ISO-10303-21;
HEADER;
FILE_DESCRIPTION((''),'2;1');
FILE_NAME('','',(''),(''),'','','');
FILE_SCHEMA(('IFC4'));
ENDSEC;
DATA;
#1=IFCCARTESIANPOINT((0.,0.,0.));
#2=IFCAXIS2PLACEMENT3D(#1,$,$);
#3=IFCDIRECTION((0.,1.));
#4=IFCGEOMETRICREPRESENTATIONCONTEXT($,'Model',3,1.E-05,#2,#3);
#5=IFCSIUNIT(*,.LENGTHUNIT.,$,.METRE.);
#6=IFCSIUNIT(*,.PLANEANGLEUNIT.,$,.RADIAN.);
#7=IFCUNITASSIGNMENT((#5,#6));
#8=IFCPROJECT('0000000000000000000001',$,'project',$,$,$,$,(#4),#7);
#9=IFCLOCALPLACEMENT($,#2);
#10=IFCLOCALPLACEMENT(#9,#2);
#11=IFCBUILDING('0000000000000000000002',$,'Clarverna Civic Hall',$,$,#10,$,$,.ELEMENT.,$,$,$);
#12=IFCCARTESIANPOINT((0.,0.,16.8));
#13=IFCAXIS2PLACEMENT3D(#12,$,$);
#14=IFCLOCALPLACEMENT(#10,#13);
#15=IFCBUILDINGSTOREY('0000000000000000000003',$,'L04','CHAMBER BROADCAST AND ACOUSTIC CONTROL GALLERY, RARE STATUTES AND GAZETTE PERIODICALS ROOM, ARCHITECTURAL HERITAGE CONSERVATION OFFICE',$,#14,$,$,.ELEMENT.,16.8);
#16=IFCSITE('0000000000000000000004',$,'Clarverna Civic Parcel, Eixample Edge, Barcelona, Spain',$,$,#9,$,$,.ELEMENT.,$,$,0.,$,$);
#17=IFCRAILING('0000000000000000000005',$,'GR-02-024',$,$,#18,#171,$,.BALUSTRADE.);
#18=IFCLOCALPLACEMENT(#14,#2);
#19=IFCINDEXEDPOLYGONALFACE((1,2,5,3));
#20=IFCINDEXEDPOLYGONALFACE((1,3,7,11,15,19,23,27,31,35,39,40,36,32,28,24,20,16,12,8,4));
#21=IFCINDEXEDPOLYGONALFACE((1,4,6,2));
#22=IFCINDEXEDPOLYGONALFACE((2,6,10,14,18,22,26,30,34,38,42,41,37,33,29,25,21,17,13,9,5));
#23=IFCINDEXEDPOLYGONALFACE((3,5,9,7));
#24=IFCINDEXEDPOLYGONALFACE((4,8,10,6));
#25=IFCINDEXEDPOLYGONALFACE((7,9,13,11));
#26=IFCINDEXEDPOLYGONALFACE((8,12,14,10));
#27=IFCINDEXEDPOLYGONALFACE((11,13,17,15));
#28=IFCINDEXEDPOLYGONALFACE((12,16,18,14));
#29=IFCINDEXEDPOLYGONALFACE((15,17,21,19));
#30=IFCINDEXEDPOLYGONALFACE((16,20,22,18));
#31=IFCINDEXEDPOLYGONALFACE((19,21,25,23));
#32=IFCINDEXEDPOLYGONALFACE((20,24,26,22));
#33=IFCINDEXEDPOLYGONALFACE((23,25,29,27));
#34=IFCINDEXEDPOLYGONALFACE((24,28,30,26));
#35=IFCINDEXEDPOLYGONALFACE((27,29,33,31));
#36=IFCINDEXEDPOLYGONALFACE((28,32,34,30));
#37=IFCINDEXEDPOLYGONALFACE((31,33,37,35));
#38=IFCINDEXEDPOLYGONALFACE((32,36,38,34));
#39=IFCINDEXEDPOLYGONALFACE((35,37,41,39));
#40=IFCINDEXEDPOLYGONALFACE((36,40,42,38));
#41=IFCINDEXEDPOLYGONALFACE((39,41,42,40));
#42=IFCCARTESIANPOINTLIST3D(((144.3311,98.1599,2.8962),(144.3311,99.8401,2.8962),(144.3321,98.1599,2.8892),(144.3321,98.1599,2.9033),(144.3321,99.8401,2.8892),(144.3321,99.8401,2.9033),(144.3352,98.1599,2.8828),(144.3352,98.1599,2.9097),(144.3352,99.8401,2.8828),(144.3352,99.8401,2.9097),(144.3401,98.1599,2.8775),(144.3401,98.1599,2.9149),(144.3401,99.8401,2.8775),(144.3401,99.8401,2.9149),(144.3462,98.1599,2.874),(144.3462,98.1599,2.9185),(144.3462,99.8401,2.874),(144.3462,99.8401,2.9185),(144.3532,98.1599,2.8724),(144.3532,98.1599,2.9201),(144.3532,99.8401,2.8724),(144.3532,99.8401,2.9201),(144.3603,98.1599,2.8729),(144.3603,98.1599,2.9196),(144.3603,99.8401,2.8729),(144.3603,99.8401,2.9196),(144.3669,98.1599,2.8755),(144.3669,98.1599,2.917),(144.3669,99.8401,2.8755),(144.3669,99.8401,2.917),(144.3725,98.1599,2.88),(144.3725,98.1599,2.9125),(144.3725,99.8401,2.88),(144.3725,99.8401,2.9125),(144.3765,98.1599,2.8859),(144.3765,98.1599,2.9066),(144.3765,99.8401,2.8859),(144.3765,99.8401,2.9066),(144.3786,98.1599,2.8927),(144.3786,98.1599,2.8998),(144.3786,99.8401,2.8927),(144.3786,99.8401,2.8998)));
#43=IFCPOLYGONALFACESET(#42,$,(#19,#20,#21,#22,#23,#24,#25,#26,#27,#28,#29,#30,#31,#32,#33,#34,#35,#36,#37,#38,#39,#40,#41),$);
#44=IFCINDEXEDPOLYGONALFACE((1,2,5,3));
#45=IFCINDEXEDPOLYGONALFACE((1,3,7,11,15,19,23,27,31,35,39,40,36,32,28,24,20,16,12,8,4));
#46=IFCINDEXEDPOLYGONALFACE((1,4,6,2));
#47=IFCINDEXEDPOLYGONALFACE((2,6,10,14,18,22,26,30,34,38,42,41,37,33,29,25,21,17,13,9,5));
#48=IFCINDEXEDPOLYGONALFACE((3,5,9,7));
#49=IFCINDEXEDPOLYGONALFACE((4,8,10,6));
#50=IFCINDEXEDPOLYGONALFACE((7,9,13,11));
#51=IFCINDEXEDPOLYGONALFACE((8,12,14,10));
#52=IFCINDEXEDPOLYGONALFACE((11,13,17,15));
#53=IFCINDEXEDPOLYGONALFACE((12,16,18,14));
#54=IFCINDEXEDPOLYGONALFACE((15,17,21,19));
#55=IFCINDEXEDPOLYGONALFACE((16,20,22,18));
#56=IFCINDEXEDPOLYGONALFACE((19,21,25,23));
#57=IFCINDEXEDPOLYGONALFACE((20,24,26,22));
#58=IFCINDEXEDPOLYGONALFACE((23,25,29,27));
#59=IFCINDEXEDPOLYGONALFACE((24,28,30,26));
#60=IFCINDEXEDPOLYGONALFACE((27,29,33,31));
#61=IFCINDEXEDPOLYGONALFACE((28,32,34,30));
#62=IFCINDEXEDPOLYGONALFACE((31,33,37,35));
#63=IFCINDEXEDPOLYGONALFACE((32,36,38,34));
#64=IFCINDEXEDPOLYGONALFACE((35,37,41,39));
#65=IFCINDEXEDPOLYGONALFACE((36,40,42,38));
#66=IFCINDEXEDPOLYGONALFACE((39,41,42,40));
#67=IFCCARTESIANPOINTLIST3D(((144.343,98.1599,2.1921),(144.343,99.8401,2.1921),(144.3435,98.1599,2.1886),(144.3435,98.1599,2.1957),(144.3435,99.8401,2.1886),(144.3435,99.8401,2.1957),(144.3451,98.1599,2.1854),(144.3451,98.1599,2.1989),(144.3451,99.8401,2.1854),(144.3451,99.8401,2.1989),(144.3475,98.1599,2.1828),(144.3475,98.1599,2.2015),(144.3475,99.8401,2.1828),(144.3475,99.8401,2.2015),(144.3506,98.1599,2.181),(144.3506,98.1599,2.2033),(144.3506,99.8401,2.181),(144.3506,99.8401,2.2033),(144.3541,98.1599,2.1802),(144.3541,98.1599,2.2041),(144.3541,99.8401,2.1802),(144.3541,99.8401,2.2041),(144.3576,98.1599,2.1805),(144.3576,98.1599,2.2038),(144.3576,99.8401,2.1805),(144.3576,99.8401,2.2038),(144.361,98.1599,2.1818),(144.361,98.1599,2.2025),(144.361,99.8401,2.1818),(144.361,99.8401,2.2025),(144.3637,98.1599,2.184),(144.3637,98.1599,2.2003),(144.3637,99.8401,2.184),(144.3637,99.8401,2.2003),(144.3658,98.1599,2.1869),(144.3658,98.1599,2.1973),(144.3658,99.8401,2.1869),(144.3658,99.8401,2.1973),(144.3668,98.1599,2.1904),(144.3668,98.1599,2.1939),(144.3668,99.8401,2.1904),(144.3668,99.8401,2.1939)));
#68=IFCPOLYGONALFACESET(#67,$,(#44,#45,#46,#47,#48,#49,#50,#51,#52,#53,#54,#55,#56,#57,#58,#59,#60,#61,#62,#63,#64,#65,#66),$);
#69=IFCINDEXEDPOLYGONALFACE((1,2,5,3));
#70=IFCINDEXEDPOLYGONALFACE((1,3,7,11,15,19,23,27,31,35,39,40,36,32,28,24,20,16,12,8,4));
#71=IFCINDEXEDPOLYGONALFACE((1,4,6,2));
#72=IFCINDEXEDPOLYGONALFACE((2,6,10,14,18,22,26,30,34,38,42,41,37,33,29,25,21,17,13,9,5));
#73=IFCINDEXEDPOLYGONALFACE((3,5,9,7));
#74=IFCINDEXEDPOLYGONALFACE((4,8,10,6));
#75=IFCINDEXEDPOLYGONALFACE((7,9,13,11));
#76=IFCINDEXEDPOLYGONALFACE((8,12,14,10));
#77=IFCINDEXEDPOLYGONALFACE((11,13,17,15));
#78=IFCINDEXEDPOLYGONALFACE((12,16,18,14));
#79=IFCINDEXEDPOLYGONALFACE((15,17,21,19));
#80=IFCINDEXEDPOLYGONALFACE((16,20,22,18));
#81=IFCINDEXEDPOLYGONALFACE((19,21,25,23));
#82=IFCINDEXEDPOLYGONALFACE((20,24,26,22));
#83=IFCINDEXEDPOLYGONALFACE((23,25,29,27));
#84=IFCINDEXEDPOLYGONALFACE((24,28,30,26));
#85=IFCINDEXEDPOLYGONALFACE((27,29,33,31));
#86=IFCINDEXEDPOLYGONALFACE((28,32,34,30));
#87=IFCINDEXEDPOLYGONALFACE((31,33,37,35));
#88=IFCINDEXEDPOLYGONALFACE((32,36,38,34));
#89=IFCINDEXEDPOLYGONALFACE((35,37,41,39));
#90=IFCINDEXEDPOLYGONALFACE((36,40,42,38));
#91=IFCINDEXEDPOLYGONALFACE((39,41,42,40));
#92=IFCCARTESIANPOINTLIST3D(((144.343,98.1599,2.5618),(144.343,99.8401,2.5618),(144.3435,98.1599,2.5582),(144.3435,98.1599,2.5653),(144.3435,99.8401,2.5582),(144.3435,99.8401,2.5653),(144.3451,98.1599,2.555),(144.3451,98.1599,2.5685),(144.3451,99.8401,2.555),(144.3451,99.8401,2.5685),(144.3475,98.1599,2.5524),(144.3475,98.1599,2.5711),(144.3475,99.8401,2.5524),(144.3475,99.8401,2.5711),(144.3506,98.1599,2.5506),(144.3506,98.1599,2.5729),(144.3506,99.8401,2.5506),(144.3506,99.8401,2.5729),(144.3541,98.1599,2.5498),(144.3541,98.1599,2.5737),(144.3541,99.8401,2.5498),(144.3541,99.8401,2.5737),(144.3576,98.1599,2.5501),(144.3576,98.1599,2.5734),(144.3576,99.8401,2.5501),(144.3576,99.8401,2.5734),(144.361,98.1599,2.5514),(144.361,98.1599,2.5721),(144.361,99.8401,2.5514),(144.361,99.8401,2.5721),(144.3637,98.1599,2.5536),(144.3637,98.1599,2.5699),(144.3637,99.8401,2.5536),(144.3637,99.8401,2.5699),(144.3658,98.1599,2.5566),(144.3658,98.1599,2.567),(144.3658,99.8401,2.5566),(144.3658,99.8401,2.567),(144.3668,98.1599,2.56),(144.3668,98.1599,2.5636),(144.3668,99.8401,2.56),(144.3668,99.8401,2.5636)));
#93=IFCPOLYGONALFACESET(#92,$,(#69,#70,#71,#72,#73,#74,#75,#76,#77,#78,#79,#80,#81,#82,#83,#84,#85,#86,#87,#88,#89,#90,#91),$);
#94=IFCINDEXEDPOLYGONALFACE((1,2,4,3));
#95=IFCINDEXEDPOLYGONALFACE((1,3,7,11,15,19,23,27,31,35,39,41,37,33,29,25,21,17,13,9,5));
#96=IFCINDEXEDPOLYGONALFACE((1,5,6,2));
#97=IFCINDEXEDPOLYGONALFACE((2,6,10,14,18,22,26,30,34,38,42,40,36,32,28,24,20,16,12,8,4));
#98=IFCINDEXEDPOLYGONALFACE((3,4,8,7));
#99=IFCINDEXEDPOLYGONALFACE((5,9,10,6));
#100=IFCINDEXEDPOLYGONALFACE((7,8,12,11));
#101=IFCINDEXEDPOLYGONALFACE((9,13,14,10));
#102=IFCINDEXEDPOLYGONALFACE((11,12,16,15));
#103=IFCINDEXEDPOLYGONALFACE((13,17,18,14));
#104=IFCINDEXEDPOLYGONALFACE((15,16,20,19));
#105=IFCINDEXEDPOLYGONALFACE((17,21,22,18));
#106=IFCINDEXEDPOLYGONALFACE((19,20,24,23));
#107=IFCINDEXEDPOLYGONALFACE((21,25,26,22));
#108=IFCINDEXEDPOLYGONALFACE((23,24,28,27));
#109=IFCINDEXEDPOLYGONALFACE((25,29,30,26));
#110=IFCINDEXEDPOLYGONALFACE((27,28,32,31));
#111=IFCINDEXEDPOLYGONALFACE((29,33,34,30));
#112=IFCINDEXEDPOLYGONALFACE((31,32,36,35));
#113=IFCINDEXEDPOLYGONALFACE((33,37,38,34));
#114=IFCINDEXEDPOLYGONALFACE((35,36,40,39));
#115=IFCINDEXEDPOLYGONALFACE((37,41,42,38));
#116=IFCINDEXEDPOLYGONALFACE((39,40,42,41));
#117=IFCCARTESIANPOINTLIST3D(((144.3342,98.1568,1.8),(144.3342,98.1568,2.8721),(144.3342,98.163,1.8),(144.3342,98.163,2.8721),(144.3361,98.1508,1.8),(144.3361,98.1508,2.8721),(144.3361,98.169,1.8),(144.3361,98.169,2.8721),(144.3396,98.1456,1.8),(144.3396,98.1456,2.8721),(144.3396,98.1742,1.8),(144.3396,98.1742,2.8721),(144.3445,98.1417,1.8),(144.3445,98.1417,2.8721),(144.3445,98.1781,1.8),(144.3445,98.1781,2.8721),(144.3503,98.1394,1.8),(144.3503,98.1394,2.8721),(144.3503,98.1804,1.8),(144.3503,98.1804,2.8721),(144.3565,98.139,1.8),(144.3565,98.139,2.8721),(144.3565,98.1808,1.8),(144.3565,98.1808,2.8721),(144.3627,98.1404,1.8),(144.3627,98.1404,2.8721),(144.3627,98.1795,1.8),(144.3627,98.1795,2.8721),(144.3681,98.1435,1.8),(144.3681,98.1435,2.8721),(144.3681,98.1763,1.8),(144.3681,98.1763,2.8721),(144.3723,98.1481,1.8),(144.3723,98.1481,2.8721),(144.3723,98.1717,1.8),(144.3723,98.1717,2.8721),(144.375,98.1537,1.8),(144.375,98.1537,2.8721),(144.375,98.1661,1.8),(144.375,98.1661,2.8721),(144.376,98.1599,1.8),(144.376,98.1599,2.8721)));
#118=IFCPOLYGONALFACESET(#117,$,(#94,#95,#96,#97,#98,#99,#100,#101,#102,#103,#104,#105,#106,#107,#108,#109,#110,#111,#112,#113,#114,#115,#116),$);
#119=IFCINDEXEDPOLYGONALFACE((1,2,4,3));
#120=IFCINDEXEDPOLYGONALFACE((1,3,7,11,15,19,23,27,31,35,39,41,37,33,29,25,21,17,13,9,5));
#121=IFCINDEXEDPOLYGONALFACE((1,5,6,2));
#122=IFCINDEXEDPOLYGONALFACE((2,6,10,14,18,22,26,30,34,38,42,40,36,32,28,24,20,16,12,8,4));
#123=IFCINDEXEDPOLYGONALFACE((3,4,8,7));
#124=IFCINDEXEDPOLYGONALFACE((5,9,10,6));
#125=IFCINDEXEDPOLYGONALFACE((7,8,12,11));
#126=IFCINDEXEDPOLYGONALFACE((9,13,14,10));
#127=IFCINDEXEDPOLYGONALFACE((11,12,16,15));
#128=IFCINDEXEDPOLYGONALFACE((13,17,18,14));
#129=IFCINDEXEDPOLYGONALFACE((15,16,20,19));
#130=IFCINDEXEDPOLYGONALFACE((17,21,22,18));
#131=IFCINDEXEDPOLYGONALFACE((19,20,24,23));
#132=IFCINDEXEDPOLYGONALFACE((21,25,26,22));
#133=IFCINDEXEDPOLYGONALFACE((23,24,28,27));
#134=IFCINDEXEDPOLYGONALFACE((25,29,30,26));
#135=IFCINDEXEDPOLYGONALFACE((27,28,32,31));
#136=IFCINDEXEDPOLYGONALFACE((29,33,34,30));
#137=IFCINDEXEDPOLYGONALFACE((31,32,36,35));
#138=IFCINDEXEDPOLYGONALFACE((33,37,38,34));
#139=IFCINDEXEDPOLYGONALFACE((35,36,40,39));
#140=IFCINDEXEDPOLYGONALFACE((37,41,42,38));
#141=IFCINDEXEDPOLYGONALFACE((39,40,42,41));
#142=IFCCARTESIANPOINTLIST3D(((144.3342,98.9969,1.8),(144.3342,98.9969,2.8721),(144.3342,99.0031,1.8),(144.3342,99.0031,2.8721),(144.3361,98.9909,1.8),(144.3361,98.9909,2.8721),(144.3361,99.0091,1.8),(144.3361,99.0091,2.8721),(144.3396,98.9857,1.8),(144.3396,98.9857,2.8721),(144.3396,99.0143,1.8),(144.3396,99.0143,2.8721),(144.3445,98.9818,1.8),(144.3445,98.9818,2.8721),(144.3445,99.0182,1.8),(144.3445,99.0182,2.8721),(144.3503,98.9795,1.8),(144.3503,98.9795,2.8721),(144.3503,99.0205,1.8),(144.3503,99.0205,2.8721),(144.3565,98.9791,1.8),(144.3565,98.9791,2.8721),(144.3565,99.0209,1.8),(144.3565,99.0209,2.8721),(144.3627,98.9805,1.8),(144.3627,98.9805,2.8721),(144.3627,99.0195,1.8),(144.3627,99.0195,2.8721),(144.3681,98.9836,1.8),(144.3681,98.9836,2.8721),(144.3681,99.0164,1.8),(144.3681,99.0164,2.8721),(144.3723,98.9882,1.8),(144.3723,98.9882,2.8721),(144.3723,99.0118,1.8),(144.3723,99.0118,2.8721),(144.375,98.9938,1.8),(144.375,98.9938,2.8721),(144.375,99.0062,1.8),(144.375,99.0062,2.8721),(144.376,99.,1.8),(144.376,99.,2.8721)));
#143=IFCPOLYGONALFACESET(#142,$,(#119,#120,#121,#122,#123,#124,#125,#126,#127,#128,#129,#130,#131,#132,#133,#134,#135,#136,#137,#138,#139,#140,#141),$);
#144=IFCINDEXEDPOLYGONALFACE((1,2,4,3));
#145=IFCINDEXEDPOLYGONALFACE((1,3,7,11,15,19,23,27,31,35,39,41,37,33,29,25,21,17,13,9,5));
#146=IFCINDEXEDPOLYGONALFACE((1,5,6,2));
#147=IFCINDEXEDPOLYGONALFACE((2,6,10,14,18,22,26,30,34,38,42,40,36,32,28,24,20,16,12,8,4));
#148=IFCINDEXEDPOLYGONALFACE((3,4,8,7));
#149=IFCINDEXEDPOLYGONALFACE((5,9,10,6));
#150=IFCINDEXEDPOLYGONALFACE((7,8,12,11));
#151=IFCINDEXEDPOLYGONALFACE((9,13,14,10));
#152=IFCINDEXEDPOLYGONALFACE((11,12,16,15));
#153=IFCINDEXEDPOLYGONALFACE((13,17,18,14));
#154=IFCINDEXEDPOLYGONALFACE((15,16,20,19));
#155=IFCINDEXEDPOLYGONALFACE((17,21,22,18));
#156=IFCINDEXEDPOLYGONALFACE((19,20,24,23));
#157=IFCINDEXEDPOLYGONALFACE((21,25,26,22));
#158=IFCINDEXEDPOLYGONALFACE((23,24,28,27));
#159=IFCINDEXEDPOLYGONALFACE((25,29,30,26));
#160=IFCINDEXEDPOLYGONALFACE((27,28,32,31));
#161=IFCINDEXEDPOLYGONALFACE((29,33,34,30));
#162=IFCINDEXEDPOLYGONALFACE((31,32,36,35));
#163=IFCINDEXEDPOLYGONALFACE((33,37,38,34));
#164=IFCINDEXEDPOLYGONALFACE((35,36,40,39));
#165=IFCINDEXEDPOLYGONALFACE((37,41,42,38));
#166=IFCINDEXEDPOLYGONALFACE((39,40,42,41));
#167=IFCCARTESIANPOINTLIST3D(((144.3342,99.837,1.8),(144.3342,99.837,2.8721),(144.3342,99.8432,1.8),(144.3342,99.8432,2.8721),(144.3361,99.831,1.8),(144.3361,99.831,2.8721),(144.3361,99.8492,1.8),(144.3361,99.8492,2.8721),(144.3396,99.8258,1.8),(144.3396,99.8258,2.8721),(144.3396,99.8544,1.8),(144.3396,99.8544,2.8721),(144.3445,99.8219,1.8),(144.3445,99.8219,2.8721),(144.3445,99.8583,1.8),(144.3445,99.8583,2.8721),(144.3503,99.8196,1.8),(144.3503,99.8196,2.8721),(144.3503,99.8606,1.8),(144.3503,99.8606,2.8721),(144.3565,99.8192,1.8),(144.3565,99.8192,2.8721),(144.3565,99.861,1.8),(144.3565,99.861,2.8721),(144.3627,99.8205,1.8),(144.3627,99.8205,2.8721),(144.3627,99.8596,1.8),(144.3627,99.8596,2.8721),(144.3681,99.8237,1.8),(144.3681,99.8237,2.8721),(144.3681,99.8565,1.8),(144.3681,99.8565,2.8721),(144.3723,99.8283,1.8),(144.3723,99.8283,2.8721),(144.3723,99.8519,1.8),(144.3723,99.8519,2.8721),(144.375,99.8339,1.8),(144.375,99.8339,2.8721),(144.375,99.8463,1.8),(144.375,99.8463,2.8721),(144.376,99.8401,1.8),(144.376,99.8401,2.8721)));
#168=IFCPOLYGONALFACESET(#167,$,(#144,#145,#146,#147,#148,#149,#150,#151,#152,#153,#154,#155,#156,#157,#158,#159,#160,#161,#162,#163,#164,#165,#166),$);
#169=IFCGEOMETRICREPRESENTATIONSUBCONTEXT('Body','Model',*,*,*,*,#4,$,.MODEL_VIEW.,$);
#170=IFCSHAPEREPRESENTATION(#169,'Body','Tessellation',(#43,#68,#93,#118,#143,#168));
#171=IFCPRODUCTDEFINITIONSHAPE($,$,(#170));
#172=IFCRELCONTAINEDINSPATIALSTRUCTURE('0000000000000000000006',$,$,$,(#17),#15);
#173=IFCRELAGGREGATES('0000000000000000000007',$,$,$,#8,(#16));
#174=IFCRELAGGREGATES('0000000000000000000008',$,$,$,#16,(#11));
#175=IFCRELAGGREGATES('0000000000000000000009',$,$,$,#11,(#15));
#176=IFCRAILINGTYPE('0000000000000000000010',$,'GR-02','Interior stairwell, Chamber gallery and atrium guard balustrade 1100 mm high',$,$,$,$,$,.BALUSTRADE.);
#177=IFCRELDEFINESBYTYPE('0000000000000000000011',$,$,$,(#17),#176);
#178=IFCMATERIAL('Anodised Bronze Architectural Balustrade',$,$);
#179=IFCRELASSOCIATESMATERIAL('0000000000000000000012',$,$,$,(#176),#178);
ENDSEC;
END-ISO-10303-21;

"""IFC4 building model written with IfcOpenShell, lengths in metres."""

from ifc_helpers import new_model, si_unit, direction, frame, origin, origin_2d, place, context, subcontext, project, spatial, circle, extrude, material, type_object, element, save


model = new_model("IFC4")

# Units and contexts
model_context = context("Model", 3, precision=1e-05, world=origin(), true_north=direction((0.0, 1.0)))
body_context = subcontext(model_context, "Body", "Model", "MODEL_VIEW")
ifc_project = project(units=[si_unit("LENGTHUNIT", "METRE"), si_unit("PLANEANGLEUNIT", "RADIAN")], contexts=[model_context])

# Site, building, storey
site_placement = place(None, origin())
site = spatial("IfcSite", under=ifc_project, at=site_placement, Name="Clarverna Civic Parcel, Eixample Edge, Barcelona, Spain", CompositionType="ELEMENT", RefElevation=0.0)
building_placement = place(site_placement, origin())
building = spatial("IfcBuilding", under=site, at=building_placement, Name="Clarverna Civic Hall", CompositionType="ELEMENT")
storey_placement = place(building_placement, frame((0.0, 0.0, 16.8)))
storey = spatial("IfcBuildingStorey", under=building, at=storey_placement, Name="L04", Description="CHAMBER BROADCAST AND ACOUSTIC CONTROL GALLERY, RARE STATUTES AND GAZETTE PERIODICALS ROOM, ARCHITECTURAL HERITAGE CONSERVATION OFFICE", CompositionType="ELEMENT", Elevation=16.8)

# Railing
ifc_material_1 = material(Name="Anodised Bronze Architectural Balustrade")
railing_type_1 = type_object("IfcRailingType", Name="GR-02", Description="Interior stairwell, Chamber gallery and atrium guard balustrade 1100 mm high", PredefinedType="BALUSTRADE", material=ifc_material_1)
railing_1_placement = place(storey_placement, frame((144.355, 98.1599, 1.8)))
element("IfcRailing", 1, at=railing_1_placement, inside=storey, type_object=railing_type_1, Name="GR-02-024", PredefinedType="BALUSTRADE", context=body_context, shape_type="SweptSolid", body=[
    extrude(circle(Radius=0.0239, at=origin_2d()), frame((0.0, 0.0, 1.0962), z_axis=(0.0, 1.0, 0.0), x_axis=(-1.0, 0.0, 0.0)), (0.0, 0.0, 1.0), 1.6802),
    extrude(circle(Radius=0.012, at=origin_2d()), frame((0.0, 0.0, 0.3921), z_axis=(0.0, 1.0, 0.0), x_axis=(-1.0, 0.0, 0.0)), (0.0, 0.0, 1.0), 1.6802),
    extrude(circle(Radius=0.012, at=origin_2d()), frame((0.0, 0.0, 0.7617), z_axis=(0.0, 1.0, 0.0), x_axis=(-1.0, 0.0, 0.0)), (0.0, 0.0, 1.0), 1.6802),
    extrude(circle(Radius=0.021, at=origin_2d()), origin(), (0.0, 0.0, 1.0), 1.072),
    extrude(circle(Radius=0.021, at=origin_2d()), frame((0.0, 0.8401, 0.0)), (0.0, 0.0, 1.0), 1.072),
    extrude(circle(Radius=0.021, at=origin_2d()), frame((0.0, 1.6802, 0.0)), (0.0, 0.0, 1.0), 1.072),
])

save(model, "model.ifc")
